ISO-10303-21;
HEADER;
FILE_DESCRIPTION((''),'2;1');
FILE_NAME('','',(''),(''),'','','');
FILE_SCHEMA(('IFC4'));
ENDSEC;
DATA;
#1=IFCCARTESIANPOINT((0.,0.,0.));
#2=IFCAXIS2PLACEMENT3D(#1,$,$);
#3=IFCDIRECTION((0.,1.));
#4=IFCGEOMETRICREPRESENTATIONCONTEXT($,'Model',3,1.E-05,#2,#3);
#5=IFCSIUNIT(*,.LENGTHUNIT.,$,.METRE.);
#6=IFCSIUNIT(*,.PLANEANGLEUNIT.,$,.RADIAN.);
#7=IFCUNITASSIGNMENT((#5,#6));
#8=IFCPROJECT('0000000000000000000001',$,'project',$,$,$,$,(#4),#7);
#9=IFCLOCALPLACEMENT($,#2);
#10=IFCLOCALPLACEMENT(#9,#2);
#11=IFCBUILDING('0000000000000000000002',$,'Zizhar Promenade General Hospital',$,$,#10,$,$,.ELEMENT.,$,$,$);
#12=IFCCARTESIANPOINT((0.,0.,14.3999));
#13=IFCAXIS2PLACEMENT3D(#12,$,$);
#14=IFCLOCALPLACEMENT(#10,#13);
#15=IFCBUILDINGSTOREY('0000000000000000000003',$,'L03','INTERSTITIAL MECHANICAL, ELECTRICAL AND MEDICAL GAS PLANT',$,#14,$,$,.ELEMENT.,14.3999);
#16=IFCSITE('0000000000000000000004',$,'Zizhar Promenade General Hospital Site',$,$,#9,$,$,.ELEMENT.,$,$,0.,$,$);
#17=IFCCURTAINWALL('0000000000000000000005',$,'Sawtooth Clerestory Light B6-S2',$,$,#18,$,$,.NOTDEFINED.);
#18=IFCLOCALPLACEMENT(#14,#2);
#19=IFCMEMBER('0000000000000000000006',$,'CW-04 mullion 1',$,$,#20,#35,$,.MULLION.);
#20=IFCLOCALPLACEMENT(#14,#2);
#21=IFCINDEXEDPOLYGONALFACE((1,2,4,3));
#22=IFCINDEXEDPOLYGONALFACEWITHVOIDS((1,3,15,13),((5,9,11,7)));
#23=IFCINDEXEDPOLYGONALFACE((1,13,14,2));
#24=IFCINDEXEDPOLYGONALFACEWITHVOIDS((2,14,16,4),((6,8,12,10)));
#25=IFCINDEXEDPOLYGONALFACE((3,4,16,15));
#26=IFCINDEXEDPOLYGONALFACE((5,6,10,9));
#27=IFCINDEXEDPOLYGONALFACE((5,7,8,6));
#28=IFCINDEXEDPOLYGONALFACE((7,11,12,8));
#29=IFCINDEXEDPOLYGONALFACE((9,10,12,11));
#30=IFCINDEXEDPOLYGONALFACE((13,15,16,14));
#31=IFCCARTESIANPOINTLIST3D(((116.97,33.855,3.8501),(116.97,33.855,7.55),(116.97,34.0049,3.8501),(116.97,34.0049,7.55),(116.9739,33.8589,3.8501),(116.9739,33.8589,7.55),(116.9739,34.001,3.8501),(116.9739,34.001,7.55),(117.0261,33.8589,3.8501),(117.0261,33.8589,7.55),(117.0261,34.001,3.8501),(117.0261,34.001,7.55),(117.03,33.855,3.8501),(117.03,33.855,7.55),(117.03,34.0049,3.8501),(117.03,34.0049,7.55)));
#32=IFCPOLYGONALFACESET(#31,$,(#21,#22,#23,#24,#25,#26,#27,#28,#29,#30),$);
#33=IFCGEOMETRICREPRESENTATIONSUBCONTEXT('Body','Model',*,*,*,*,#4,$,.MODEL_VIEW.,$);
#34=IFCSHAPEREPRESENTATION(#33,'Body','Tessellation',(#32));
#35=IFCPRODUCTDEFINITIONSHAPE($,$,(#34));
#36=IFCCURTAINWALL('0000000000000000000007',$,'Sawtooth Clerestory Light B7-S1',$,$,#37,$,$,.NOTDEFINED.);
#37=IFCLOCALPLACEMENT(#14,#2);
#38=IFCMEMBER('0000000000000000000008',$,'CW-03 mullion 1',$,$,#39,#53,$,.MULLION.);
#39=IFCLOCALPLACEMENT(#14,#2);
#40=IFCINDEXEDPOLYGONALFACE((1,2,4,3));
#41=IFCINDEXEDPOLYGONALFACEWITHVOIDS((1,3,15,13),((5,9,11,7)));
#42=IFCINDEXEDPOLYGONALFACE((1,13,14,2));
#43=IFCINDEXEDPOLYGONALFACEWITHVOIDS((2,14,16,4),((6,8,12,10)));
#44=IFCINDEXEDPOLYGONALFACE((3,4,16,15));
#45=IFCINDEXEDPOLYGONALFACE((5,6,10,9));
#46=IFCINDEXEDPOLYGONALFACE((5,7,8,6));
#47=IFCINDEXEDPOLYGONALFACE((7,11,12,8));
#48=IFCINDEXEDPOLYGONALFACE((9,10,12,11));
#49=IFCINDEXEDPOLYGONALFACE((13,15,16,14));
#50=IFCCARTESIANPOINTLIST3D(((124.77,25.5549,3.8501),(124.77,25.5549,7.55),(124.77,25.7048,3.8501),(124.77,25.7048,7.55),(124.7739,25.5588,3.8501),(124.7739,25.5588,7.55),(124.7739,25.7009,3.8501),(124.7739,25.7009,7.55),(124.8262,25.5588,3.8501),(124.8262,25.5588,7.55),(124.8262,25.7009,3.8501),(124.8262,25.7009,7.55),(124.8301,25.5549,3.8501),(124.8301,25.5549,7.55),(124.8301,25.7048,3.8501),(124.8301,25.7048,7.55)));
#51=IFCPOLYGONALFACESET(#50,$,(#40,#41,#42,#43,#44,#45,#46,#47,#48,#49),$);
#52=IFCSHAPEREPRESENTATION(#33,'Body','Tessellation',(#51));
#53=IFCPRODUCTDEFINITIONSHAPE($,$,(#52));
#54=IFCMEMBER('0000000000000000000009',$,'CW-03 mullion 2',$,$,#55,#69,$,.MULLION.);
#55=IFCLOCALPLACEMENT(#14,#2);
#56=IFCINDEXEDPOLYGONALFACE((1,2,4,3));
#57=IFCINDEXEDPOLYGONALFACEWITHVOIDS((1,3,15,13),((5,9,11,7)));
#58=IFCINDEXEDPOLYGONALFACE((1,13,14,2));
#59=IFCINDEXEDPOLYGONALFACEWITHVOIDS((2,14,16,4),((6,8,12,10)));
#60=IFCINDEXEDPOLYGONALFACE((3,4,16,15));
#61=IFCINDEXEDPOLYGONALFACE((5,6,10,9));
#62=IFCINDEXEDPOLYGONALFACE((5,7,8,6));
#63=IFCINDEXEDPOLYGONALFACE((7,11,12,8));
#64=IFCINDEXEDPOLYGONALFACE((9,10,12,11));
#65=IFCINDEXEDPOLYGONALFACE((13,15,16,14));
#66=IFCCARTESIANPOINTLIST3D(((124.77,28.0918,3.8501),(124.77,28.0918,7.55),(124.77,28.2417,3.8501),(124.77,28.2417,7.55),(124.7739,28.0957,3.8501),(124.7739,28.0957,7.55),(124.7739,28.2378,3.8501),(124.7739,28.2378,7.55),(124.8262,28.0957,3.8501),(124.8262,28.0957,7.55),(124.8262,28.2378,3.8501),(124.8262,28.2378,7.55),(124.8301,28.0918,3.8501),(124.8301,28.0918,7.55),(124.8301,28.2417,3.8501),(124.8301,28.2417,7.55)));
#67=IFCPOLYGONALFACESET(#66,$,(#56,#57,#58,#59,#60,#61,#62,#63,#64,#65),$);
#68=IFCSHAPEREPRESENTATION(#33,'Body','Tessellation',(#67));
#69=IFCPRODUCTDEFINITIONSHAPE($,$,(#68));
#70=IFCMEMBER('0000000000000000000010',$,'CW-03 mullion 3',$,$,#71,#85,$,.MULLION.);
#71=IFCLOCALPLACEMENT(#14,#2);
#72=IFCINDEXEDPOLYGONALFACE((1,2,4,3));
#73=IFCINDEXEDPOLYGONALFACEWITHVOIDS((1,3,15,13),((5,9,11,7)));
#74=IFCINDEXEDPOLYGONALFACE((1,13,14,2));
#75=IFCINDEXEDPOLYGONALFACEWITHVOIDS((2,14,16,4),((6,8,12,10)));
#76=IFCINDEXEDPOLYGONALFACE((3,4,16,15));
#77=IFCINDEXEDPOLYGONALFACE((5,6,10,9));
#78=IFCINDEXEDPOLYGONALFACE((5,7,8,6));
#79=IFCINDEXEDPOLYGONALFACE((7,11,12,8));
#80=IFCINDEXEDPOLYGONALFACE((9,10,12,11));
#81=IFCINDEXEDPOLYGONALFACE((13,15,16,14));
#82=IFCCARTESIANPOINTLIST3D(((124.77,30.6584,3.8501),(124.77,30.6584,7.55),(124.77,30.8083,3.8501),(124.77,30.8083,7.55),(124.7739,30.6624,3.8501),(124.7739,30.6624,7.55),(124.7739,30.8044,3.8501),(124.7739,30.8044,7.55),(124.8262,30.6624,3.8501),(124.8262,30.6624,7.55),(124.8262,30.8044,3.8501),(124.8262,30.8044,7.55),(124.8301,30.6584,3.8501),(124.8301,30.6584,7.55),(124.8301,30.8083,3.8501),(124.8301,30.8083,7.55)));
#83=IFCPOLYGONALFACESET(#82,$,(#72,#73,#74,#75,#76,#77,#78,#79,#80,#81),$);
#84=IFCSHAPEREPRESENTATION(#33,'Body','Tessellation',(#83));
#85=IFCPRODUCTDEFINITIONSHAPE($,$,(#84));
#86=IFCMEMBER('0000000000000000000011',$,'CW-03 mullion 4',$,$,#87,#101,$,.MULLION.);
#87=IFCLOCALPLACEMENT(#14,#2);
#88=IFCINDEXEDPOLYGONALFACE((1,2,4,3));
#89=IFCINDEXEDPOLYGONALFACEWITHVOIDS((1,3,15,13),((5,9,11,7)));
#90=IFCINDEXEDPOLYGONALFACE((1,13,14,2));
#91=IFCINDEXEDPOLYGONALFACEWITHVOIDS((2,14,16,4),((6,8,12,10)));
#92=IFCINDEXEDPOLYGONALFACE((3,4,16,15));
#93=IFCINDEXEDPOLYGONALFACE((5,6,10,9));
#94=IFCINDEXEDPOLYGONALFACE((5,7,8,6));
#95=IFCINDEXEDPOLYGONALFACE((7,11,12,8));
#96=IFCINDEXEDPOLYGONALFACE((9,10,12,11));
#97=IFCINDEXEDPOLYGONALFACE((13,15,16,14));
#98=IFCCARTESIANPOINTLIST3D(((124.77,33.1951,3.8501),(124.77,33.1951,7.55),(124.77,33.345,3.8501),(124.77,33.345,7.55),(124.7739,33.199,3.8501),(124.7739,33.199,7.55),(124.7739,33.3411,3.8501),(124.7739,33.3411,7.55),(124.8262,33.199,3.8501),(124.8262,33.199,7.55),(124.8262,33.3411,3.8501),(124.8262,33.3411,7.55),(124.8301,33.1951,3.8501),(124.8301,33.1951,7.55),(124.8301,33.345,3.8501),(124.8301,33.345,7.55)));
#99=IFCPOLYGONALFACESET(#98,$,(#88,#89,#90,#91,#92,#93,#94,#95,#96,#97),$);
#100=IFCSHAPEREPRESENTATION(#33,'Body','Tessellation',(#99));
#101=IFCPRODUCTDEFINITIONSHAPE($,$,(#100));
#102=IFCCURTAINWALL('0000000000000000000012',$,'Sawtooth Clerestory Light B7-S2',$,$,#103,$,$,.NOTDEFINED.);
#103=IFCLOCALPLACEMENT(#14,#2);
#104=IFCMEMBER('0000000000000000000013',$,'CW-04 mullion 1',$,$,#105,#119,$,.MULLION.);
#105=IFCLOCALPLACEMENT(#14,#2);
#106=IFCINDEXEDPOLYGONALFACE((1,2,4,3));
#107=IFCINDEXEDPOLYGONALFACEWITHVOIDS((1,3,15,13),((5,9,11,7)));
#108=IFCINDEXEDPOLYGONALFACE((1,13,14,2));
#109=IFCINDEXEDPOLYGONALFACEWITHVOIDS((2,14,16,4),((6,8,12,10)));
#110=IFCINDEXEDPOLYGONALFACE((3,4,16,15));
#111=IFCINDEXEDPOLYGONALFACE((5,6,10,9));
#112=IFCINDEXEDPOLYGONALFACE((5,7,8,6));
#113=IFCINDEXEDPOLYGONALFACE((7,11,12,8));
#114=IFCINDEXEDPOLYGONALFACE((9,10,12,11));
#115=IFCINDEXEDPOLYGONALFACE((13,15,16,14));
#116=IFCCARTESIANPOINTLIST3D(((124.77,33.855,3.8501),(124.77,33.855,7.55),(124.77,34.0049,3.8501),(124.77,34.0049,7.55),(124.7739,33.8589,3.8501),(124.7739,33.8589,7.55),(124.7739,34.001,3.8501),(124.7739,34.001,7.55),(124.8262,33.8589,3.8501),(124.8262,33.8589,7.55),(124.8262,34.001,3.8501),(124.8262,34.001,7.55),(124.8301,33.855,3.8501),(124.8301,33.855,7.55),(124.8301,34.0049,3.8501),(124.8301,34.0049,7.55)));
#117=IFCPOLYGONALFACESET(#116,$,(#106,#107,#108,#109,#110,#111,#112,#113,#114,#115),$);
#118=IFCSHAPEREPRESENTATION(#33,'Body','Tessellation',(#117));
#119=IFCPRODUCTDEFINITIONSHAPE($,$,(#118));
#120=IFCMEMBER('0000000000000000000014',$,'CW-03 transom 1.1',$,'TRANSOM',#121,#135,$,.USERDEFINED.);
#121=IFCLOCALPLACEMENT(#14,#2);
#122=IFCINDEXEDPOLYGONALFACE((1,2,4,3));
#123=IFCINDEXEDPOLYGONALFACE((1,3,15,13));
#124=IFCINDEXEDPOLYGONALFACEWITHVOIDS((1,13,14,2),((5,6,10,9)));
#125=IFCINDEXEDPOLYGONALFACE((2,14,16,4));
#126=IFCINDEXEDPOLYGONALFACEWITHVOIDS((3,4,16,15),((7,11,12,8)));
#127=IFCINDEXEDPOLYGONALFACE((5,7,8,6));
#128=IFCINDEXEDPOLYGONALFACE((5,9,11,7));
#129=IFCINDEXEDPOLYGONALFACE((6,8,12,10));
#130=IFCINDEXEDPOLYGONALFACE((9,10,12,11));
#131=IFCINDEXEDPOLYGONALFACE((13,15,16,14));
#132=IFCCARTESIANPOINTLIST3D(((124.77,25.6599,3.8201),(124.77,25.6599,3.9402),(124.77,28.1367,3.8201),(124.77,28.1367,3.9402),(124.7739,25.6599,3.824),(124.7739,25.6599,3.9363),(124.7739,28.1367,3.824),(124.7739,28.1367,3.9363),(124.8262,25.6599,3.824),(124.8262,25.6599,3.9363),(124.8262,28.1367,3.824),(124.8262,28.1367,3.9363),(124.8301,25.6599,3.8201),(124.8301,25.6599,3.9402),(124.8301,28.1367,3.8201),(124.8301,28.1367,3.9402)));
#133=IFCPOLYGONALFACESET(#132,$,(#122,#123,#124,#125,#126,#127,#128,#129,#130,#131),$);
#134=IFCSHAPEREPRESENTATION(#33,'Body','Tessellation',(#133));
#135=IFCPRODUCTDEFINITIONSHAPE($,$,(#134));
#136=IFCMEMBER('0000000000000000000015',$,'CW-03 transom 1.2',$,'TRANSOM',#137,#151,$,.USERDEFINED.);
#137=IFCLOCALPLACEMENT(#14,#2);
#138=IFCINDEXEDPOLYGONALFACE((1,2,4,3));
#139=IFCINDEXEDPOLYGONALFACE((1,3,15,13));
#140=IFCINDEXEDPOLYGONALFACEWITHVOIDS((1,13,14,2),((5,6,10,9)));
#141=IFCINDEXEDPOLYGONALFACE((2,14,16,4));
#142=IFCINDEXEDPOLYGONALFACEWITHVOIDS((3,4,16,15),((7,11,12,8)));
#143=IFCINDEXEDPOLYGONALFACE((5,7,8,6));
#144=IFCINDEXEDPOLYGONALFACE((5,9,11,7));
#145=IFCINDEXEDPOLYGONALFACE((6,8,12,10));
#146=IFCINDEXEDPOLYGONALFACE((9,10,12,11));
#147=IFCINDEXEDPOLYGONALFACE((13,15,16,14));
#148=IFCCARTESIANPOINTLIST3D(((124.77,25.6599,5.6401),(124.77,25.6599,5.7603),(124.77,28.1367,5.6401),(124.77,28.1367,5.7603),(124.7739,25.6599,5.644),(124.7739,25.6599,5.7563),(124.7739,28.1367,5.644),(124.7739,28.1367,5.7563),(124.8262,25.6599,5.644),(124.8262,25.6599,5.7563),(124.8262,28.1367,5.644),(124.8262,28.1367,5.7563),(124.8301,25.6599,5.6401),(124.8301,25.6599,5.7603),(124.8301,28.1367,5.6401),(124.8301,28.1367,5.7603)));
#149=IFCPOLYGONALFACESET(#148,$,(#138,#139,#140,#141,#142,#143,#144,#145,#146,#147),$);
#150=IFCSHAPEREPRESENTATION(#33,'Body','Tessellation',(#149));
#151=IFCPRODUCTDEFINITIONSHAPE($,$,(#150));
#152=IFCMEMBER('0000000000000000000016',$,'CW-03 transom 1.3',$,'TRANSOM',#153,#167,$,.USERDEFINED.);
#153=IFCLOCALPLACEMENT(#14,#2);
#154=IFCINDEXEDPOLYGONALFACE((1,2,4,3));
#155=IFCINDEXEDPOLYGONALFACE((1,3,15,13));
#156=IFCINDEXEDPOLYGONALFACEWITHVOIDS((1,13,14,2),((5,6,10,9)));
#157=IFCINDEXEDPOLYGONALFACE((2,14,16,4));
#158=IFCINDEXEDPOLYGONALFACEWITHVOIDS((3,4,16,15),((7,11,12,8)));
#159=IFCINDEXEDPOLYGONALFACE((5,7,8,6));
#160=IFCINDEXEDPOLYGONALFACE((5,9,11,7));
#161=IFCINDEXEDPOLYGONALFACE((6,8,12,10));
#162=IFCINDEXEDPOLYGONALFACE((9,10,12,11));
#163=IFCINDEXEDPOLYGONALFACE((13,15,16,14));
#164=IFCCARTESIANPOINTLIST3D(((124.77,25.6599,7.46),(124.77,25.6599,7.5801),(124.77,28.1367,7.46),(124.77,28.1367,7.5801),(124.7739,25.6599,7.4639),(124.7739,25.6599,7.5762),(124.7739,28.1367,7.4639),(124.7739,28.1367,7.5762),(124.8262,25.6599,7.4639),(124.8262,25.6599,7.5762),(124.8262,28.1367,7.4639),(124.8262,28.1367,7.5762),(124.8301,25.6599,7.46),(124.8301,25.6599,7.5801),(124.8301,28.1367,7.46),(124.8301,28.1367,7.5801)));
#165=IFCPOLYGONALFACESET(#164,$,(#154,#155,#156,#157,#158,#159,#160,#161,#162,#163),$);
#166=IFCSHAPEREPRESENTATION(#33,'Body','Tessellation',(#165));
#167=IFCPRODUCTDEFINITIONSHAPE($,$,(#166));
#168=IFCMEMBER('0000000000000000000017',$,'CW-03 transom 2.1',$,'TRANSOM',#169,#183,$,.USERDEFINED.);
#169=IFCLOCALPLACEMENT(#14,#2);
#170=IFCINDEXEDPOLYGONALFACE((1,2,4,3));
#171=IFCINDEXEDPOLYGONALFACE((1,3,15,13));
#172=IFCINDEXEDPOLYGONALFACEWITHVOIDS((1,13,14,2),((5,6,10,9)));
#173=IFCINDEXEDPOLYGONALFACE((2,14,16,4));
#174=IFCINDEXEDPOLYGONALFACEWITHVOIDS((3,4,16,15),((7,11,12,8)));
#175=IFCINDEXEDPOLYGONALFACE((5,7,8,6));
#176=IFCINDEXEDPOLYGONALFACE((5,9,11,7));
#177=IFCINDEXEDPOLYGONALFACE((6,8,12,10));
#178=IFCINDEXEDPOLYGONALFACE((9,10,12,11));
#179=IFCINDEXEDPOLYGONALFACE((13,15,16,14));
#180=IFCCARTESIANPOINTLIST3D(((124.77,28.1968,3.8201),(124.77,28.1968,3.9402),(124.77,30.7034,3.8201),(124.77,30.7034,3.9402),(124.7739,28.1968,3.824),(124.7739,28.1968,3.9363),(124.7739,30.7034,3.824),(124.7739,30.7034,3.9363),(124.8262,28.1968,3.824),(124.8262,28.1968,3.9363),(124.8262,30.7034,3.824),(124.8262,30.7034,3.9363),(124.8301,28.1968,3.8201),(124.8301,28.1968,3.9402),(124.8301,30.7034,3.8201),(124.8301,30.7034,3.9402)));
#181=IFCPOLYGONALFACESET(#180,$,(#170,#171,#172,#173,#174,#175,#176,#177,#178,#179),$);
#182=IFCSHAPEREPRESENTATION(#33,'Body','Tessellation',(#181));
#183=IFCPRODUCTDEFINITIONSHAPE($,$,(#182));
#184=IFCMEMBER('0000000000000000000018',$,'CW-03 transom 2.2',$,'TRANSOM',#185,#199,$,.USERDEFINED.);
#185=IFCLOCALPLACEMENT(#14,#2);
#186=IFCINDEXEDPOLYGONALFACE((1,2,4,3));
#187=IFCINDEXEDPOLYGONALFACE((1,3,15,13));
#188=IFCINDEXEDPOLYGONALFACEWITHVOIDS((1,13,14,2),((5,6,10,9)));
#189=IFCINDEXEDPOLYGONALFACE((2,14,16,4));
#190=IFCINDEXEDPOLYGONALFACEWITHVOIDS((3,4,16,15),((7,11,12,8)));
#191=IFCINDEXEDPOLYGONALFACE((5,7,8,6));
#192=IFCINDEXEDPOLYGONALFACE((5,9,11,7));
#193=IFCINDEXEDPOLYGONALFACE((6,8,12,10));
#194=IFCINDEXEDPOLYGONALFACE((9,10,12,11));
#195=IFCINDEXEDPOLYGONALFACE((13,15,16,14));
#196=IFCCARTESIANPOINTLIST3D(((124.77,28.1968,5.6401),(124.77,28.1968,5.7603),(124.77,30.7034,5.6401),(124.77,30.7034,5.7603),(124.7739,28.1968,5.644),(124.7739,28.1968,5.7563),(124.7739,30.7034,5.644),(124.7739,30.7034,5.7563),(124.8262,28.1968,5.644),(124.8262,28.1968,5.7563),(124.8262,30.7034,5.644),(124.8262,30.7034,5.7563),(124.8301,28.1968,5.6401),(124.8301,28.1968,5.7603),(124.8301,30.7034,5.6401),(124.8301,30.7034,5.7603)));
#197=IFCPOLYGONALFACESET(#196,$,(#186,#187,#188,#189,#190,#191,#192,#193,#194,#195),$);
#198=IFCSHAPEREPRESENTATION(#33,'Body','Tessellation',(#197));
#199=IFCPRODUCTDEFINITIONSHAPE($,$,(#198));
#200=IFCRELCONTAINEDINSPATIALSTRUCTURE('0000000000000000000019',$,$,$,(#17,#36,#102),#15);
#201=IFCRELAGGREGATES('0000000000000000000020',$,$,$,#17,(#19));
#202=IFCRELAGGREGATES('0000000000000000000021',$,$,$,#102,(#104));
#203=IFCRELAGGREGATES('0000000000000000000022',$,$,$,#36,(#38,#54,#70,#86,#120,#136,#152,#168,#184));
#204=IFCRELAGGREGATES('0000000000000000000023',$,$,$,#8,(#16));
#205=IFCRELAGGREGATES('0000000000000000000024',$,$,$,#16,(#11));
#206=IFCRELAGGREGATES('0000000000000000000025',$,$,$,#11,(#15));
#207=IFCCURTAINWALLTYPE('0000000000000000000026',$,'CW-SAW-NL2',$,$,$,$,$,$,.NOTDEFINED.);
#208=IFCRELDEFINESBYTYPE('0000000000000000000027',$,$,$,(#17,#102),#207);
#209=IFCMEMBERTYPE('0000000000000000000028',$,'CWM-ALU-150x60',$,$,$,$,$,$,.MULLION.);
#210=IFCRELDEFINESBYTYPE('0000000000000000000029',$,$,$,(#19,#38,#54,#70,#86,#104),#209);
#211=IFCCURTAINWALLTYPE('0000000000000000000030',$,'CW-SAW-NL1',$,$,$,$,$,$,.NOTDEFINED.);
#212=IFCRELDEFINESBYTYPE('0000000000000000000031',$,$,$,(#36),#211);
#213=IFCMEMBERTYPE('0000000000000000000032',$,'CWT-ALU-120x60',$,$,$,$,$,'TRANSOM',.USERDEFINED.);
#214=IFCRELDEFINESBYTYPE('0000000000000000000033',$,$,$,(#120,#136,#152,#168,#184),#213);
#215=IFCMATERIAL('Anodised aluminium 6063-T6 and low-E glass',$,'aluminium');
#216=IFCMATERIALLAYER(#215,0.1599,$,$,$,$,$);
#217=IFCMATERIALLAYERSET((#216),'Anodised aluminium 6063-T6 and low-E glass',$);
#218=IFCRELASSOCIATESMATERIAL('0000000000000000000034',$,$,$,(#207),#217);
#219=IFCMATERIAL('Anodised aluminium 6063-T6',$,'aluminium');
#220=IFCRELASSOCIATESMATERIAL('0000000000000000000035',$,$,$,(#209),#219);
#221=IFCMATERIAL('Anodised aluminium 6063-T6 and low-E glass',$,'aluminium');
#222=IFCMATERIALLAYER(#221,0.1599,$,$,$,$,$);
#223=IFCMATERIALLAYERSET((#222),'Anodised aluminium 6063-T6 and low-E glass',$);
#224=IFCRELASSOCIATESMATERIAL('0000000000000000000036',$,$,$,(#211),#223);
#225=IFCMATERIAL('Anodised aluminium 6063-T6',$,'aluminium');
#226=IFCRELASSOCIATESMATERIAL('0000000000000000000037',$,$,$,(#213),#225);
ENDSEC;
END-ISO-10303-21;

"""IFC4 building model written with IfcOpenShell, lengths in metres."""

from ifc_helpers import new_model, si_unit, direction, frame, origin, origin_2d, place, context, subcontext, project, spatial, hollow_rectangle, extrude, material, layer, layer_set, material_profile, profile_set, type_object, element, aggregate, save


model = new_model("IFC4")

# Units and contexts
model_context = context("Model", 3, precision=1e-05, world=origin(), true_north=direction((0.0, 1.0)))
body_context = subcontext(model_context, "Body", "Model", "MODEL_VIEW")
ifc_project = project(units=[si_unit("LENGTHUNIT", "METRE"), si_unit("PLANEANGLEUNIT", "RADIAN")], contexts=[model_context])

# Site, building, storey
site_placement = place(None, origin())
site = spatial("IfcSite", under=ifc_project, at=site_placement, Name="Zizhar Promenade General Hospital Site", CompositionType="ELEMENT", RefElevation=0.0)
building_placement = place(site_placement, origin())
building = spatial("IfcBuilding", under=site, at=building_placement, Name="Zizhar Promenade General Hospital", CompositionType="ELEMENT")
storey_placement = place(building_placement, frame((0.0, 0.0, 14.3999)))
storey = spatial("IfcBuildingStorey", under=building, at=storey_placement, Name="L03", Description="INTERSTITIAL MECHANICAL, ELECTRICAL AND MEDICAL GAS PLANT", CompositionType="ELEMENT", Elevation=14.3999)

# Curtain wall, member
ifc_material_1 = material(Name="Anodised aluminium 6063-T6 and low-E glass", Category="aluminium")
ifc_layer_1 = layer(ifc_material_1, 0.1599)
ifc_layer_set_1 = layer_set([ifc_layer_1], Name="Anodised aluminium 6063-T6 and low-E glass")
curtain_wall_type_1 = type_object("IfcCurtainWallType", Name="CW-SAW-NL2", PredefinedType="NOTDEFINED", material=ifc_layer_set_1)
curtain_wall_1_placement = place(storey_placement, origin())
curtain_wall_1 = element("IfcCurtainWall", 1, at=curtain_wall_1_placement, inside=storey, type_object=curtain_wall_type_1, Name="Sawtooth Clerestory Light B6-S2", PredefinedType="NOTDEFINED")
ifc_material_2 = material(Name="Anodised aluminium 6063-T6", Category="aluminium")
ifc_material_profile_1 = material_profile(ifc_material_2, hollow_rectangle(XDim=0.0601, YDim=0.1499, WallThickness=0.0039, at=origin_2d()))
ifc_profile_set_1 = profile_set([ifc_material_profile_1], Name="Anodised aluminium 6063-T6")
member_type_1 = type_object("IfcMemberType", Name="CWM-ALU-150x60", PredefinedType="MULLION", material=ifc_profile_set_1)
member_1_placement = place(storey_placement, frame((117.0, 33.9299, 3.8501), z_axis=(0.0, 0.0, 1.0), x_axis=(-1.0, 0.0, 0.0)))
member_1 = element("IfcMember", 2, at=member_1_placement, type_object=member_type_1, Name="CW-04 mullion 1", PredefinedType="MULLION", context=body_context, shape_type="SweptSolid", body=[
    extrude(hollow_rectangle(XDim=0.0601, YDim=0.1499, WallThickness=0.0039, at=origin_2d()), origin(), (0.0, 0.0, 1.0), 3.7),
])
aggregate(curtain_wall_1, [member_1])

# Curtain wall, members
ifc_material_3 = material(Name="Anodised aluminium 6063-T6 and low-E glass", Category="aluminium")
ifc_layer_2 = layer(ifc_material_3, 0.1599)
ifc_layer_set_2 = layer_set([ifc_layer_2], Name="Anodised aluminium 6063-T6 and low-E glass")
curtain_wall_type_2 = type_object("IfcCurtainWallType", Name="CW-SAW-NL1", PredefinedType="NOTDEFINED", material=ifc_layer_set_2)
curtain_wall_2_placement = place(storey_placement, origin())
curtain_wall_2 = element("IfcCurtainWall", 3, at=curtain_wall_2_placement, inside=storey, type_object=curtain_wall_type_2, Name="Sawtooth Clerestory Light B7-S1", PredefinedType="NOTDEFINED")
member_2_placement = place(storey_placement, frame((124.8, 25.6299, 3.8501), z_axis=(0.0, 0.0, 1.0), x_axis=(-1.0, 0.0, 0.0)))
member_2 = element("IfcMember", 4, at=member_2_placement, type_object=member_type_1, Name="CW-03 mullion 1", PredefinedType="MULLION", context=body_context, shape_type="SweptSolid", body=[
    extrude(hollow_rectangle(XDim=0.0601, YDim=0.1499, WallThickness=0.0039, at=origin_2d()), origin(), (0.0, 0.0, 1.0), 3.7),
])
member_3_placement = place(storey_placement, frame((124.8, 28.1667, 3.8501), z_axis=(0.0, 0.0, 1.0), x_axis=(-1.0, 0.0, 0.0)))
member_3 = element("IfcMember", 5, at=member_3_placement, type_object=member_type_1, Name="CW-03 mullion 2", PredefinedType="MULLION", context=body_context, shape_type="SweptSolid", body=[
    extrude(hollow_rectangle(XDim=0.0601, YDim=0.1499, WallThickness=0.0039, at=origin_2d()), origin(), (0.0, 0.0, 1.0), 3.7),
])
member_4_placement = place(storey_placement, frame((124.8, 30.7334, 3.8501), z_axis=(0.0, 0.0, 1.0), x_axis=(-1.0, 0.0, 0.0)))
member_4 = element("IfcMember", 6, at=member_4_placement, type_object=member_type_1, Name="CW-03 mullion 3", PredefinedType="MULLION", context=body_context, shape_type="SweptSolid", body=[
    extrude(hollow_rectangle(XDim=0.0601, YDim=0.1499, WallThickness=0.0039, at=origin_2d()), origin(), (0.0, 0.0, 1.0), 3.7),
])
member_5_placement = place(storey_placement, frame((124.8, 33.27, 3.8501), z_axis=(0.0, 0.0, 1.0), x_axis=(-1.0, 0.0, 0.0)))
member_5 = element("IfcMember", 7, at=member_5_placement, type_object=member_type_1, Name="CW-03 mullion 4", PredefinedType="MULLION", context=body_context, shape_type="SweptSolid", body=[
    extrude(hollow_rectangle(XDim=0.0601, YDim=0.1499, WallThickness=0.0039, at=origin_2d()), origin(), (0.0, 0.0, 1.0), 3.7),
])

# Curtain wall, member
curtain_wall_3_placement = place(storey_placement, origin())
curtain_wall_3 = element("IfcCurtainWall", 8, at=curtain_wall_3_placement, inside=storey, type_object=curtain_wall_type_1, Name="Sawtooth Clerestory Light B7-S2", PredefinedType="NOTDEFINED")
member_6_placement = place(storey_placement, frame((124.8, 33.9299, 3.8501), z_axis=(0.0, 0.0, 1.0), x_axis=(-1.0, 0.0, 0.0)))
member_6 = element("IfcMember", 9, at=member_6_placement, type_object=member_type_1, Name="CW-04 mullion 1", PredefinedType="MULLION", context=body_context, shape_type="SweptSolid", body=[
    extrude(hollow_rectangle(XDim=0.0601, YDim=0.1499, WallThickness=0.0039, at=origin_2d()), origin(), (0.0, 0.0, 1.0), 3.7),
])
aggregate(curtain_wall_3, [member_6])

# Members
ifc_material_4 = material(Name="Anodised aluminium 6063-T6", Category="aluminium")
ifc_material_profile_2 = material_profile(ifc_material_4, hollow_rectangle(XDim=0.0601, YDim=0.1201, WallThickness=0.0039, at=origin_2d()))
ifc_profile_set_2 = profile_set([ifc_material_profile_2], Name="Anodised aluminium 6063-T6")
member_type_2 = type_object("IfcMemberType", Name="CWT-ALU-120x60", ElementType="TRANSOM", PredefinedType="USERDEFINED", material=ifc_profile_set_2)
member_7_placement = place(storey_placement, frame((124.8, 25.6599, 3.8801), z_axis=(0.0, 1.0, 0.0), x_axis=(-1.0, 0.0, 0.0)))
member_7 = element("IfcMember", 10, at=member_7_placement, type_object=member_type_2, Name="CW-03 transom 1.1", ObjectType="TRANSOM", PredefinedType="USERDEFINED", context=body_context, shape_type="SweptSolid", body=[
    extrude(hollow_rectangle(XDim=0.0601, YDim=0.1201, WallThickness=0.0039, at=origin_2d()), origin(), (0.0, 0.0, 1.0), 2.4768),
])
member_8_placement = place(storey_placement, frame((124.8, 25.6599, 5.7002), z_axis=(0.0, 1.0, 0.0), x_axis=(-1.0, 0.0, 0.0)))
member_8 = element("IfcMember", 11, at=member_8_placement, type_object=member_type_2, Name="CW-03 transom 1.2", ObjectType="TRANSOM", PredefinedType="USERDEFINED", context=body_context, shape_type="SweptSolid", body=[
    extrude(hollow_rectangle(XDim=0.0601, YDim=0.1201, WallThickness=0.0039, at=origin_2d()), origin(), (0.0, 0.0, 1.0), 2.4768),
])
member_9_placement = place(storey_placement, frame((124.8, 25.6599, 7.52), z_axis=(0.0, 1.0, 0.0), x_axis=(-1.0, 0.0, 0.0)))
member_9 = element("IfcMember", 12, at=member_9_placement, type_object=member_type_2, Name="CW-03 transom 1.3", ObjectType="TRANSOM", PredefinedType="USERDEFINED", context=body_context, shape_type="SweptSolid", body=[
    extrude(hollow_rectangle(XDim=0.0601, YDim=0.1201, WallThickness=0.0039, at=origin_2d()), origin(), (0.0, 0.0, 1.0), 2.4768),
])
member_10_placement = place(storey_placement, frame((124.8, 28.1968, 3.8801), z_axis=(0.0, 1.0, 0.0), x_axis=(-1.0, 0.0, 0.0)))
member_10 = element("IfcMember", 13, at=member_10_placement, type_object=member_type_2, Name="CW-03 transom 2.1", ObjectType="TRANSOM", PredefinedType="USERDEFINED", context=body_context, shape_type="SweptSolid", body=[
    extrude(hollow_rectangle(XDim=0.0601, YDim=0.1201, WallThickness=0.0039, at=origin_2d()), origin(), (0.0, 0.0, 1.0), 2.5066),
])
member_11_placement = place(storey_placement, frame((124.8, 28.1968, 5.7002), z_axis=(0.0, 1.0, 0.0), x_axis=(-1.0, 0.0, 0.0)))
member_11 = element("IfcMember", 14, at=member_11_placement, type_object=member_type_2, Name="CW-03 transom 2.2", ObjectType="TRANSOM", PredefinedType="USERDEFINED", context=body_context, shape_type="SweptSolid", body=[
    extrude(hollow_rectangle(XDim=0.0601, YDim=0.1201, WallThickness=0.0039, at=origin_2d()), origin(), (0.0, 0.0, 1.0), 2.5066),
])

aggregate(curtain_wall_2, [member_2, member_3, member_4, member_5, member_7, member_8, member_9, member_10, member_11])

save(model, "model.ifc")
